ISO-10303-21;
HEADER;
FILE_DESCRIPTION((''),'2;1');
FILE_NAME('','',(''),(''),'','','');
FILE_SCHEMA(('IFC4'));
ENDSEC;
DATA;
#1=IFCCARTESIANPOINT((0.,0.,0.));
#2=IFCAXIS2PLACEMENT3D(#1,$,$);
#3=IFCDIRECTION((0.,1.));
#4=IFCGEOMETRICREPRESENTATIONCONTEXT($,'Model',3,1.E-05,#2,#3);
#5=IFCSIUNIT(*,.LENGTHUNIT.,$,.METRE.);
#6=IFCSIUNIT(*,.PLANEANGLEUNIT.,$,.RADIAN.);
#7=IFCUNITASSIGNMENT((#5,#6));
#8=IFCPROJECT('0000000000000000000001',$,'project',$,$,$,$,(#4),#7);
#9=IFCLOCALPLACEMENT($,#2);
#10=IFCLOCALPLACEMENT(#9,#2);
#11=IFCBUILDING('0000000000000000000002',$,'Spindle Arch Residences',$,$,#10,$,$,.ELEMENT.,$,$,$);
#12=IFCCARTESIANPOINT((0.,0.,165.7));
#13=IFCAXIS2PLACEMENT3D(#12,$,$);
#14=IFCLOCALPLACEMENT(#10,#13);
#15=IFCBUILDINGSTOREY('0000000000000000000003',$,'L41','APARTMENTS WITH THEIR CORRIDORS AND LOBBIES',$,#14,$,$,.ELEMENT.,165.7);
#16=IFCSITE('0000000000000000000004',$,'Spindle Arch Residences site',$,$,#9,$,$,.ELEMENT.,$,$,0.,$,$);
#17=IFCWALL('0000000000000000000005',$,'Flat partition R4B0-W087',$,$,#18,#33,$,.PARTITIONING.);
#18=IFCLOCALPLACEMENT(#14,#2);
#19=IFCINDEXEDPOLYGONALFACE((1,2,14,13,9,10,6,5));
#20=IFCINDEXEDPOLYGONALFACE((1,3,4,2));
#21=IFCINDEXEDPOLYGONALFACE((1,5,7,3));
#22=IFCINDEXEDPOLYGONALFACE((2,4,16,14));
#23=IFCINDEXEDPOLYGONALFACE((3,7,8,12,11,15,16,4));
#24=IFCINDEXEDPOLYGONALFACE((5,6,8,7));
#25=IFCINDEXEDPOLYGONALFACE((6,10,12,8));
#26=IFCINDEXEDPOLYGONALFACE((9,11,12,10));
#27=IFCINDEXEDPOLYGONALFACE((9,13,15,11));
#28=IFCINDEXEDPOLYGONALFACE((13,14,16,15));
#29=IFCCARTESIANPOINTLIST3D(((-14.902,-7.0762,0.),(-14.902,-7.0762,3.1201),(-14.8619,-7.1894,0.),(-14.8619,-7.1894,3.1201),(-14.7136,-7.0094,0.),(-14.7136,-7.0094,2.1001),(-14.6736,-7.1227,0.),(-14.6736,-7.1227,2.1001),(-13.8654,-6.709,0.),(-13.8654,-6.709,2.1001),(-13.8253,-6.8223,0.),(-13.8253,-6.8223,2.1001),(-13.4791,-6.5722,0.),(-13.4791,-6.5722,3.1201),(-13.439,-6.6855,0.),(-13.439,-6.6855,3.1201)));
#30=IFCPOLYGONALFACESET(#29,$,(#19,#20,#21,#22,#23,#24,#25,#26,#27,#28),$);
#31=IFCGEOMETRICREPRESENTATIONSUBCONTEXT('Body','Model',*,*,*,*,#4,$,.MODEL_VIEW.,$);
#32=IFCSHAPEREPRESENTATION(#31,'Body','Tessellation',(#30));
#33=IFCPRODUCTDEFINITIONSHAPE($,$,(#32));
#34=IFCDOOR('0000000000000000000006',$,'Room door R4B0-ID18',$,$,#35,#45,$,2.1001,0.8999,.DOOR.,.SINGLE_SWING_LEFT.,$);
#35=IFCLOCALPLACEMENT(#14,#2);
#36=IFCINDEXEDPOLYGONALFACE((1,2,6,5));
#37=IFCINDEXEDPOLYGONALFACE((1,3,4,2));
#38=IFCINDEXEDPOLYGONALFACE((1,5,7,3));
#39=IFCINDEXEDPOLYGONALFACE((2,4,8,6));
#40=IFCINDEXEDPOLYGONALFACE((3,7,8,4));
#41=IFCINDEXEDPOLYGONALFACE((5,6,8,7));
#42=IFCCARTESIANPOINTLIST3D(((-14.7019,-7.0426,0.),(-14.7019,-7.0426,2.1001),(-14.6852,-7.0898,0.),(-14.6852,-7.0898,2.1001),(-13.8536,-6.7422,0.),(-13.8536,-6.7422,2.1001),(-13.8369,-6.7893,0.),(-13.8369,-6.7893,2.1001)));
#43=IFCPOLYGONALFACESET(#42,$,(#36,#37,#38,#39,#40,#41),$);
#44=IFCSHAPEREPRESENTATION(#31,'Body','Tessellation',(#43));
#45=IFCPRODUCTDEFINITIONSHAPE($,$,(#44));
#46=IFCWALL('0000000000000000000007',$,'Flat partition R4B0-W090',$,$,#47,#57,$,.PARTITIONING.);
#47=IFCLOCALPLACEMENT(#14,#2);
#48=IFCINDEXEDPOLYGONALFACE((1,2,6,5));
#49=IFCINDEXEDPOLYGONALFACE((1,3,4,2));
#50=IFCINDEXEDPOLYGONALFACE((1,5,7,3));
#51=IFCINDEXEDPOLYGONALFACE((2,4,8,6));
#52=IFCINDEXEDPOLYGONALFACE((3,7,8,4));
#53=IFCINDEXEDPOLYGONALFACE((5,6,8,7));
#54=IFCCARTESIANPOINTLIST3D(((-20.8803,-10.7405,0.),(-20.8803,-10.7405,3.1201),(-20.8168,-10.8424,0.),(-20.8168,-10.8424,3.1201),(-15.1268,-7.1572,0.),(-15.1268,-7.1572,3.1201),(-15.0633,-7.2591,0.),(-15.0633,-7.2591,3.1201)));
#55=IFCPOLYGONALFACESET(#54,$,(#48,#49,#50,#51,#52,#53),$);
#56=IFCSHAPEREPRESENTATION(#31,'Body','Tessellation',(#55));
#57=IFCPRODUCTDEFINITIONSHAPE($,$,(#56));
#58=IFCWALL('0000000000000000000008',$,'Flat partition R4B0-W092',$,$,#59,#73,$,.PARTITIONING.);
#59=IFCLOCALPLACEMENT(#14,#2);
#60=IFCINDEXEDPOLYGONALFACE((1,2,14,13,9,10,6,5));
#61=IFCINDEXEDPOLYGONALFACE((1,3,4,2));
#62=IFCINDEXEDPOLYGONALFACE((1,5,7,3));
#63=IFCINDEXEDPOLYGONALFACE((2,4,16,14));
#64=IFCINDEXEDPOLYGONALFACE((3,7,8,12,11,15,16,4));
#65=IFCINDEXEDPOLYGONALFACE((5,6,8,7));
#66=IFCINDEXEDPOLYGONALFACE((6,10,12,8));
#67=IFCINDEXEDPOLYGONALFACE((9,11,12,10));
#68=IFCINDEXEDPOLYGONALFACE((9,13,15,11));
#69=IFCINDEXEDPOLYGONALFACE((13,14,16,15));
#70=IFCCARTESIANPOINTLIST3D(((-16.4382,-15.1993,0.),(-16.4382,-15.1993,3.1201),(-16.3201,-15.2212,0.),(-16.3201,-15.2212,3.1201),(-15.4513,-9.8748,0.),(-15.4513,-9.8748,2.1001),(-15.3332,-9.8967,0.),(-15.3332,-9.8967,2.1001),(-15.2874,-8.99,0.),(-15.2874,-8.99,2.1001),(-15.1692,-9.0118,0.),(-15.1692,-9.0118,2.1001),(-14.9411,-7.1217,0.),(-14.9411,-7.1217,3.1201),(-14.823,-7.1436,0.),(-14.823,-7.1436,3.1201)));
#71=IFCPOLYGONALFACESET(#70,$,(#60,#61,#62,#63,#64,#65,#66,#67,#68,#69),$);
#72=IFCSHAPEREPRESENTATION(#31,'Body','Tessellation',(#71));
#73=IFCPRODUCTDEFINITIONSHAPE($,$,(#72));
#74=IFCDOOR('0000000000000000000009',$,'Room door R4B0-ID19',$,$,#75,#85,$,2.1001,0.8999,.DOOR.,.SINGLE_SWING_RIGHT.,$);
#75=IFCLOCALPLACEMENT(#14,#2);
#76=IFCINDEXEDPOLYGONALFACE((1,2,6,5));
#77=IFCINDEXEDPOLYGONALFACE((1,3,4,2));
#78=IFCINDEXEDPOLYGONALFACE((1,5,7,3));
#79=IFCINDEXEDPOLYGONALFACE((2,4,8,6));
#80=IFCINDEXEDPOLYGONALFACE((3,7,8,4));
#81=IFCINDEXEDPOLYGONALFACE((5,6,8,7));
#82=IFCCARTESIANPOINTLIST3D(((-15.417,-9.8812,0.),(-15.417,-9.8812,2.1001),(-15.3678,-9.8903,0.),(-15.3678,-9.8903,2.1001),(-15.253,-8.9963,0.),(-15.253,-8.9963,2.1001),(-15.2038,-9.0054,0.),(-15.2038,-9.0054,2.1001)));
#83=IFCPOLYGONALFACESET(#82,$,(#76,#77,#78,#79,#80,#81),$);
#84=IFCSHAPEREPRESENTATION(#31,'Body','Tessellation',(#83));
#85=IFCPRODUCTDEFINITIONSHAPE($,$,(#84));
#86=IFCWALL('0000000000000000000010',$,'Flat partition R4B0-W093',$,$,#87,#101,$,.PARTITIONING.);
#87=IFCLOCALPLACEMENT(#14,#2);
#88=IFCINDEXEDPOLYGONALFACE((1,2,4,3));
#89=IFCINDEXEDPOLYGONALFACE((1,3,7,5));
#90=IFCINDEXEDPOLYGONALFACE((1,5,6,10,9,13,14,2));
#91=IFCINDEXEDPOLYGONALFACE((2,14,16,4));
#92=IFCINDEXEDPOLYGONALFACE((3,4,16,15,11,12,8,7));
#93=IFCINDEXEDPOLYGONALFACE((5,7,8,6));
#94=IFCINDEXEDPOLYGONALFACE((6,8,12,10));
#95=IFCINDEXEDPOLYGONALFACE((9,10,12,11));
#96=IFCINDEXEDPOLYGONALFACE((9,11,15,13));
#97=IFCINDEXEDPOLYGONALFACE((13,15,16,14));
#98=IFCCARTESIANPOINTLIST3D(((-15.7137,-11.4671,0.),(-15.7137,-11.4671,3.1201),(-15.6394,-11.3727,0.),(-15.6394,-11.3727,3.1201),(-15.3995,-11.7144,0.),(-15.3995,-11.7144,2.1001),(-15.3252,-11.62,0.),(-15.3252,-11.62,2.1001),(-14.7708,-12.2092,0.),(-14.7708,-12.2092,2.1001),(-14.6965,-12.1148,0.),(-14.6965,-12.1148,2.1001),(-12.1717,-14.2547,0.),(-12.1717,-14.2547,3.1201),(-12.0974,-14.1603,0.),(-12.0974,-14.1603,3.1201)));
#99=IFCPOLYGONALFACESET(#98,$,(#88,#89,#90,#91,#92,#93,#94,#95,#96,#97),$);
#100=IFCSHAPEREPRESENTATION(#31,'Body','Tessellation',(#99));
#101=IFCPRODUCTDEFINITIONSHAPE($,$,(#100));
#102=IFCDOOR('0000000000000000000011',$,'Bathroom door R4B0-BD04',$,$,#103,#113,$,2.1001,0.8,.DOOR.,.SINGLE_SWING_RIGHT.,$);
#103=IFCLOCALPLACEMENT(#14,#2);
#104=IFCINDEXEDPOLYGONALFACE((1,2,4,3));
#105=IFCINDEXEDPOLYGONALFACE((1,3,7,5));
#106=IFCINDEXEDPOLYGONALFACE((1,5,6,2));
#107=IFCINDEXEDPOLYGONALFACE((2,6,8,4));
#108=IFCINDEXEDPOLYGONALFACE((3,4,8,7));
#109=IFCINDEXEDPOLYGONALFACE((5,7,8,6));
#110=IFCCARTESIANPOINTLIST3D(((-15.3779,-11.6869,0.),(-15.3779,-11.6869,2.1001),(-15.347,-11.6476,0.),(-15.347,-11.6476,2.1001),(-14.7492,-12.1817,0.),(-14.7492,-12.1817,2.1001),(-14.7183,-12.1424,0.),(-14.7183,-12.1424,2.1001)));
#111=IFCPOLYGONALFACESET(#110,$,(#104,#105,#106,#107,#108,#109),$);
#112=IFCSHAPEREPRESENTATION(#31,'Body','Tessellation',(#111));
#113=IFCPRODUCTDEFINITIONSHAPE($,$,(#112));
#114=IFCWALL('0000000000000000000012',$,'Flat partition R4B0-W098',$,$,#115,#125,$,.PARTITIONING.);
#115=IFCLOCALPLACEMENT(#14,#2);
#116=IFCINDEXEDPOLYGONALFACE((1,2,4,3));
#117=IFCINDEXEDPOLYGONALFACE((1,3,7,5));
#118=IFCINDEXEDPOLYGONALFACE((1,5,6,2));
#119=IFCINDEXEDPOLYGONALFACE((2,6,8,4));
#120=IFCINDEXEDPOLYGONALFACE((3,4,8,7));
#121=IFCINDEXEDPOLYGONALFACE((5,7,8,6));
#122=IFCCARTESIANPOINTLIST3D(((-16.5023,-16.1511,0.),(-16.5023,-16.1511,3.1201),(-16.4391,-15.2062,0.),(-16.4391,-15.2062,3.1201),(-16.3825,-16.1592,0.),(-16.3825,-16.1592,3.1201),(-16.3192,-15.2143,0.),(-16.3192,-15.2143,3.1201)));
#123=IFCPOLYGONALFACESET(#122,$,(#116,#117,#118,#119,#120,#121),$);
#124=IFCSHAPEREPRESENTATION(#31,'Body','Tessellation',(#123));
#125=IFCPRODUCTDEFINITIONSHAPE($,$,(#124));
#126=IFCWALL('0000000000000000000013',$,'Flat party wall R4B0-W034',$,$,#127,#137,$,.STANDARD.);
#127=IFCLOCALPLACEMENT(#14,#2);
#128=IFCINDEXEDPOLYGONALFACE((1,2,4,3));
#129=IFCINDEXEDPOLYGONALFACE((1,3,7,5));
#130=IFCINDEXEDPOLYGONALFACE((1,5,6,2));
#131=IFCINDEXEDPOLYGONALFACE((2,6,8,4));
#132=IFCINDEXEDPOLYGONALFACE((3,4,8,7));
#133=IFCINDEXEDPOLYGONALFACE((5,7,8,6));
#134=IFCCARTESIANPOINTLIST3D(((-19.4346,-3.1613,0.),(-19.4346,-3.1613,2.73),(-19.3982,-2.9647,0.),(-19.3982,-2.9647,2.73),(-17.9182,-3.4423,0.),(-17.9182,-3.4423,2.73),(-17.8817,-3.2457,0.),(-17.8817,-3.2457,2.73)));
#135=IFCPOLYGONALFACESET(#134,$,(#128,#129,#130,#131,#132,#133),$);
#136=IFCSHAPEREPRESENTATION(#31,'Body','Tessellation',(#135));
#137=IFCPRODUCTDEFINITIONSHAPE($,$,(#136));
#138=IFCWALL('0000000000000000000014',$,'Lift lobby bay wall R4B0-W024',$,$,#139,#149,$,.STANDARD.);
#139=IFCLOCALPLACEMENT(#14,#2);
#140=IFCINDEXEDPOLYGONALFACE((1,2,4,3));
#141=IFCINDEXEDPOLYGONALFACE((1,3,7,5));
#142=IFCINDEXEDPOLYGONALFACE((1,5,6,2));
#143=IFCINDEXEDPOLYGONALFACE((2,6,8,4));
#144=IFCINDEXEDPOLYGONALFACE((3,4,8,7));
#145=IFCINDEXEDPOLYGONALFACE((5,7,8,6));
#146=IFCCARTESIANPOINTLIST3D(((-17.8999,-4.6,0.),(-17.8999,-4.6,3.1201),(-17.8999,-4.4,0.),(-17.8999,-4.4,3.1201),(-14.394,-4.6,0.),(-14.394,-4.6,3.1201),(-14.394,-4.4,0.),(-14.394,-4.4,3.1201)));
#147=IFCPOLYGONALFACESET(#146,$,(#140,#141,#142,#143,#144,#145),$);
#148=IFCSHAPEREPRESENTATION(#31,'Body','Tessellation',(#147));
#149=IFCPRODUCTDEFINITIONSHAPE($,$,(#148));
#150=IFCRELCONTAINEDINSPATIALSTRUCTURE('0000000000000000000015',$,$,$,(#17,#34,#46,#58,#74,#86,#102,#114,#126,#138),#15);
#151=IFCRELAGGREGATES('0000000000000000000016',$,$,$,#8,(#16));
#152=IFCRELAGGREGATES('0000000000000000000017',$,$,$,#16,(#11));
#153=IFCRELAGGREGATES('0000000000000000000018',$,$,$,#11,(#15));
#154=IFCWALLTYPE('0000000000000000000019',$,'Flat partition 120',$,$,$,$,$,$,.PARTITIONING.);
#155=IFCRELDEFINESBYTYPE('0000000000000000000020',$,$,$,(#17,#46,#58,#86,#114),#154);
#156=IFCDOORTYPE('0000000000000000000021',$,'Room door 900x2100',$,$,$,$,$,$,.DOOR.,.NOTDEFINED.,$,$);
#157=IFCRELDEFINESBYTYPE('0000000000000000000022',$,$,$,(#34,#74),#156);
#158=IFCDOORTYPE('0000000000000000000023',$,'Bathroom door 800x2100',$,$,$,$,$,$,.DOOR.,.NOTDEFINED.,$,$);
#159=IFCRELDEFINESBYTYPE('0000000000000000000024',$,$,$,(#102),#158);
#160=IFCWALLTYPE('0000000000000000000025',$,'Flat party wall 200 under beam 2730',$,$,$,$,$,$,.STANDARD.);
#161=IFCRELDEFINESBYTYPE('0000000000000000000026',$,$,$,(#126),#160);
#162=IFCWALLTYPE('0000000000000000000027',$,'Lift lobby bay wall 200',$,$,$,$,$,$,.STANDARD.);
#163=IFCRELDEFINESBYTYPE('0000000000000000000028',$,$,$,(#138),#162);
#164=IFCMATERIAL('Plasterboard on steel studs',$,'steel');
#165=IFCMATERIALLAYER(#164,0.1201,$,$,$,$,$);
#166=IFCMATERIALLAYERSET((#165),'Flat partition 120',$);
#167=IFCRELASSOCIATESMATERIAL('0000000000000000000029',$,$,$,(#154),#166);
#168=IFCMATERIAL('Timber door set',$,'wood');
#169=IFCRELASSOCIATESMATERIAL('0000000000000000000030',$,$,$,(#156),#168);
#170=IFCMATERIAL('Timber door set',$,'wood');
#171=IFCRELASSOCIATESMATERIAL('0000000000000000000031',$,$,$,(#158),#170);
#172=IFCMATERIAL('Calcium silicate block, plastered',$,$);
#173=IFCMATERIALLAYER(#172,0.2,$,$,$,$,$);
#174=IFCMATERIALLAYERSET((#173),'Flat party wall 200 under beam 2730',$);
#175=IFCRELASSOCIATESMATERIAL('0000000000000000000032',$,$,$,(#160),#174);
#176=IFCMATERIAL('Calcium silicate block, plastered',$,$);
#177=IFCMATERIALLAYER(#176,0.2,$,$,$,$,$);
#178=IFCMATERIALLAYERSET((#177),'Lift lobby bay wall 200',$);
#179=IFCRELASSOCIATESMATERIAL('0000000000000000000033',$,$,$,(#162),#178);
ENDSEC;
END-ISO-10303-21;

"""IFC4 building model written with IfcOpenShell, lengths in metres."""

from ifc_helpers import new_model, si_unit, direction, frame, frame_2d, origin, place, context, subcontext, project, spatial, rectangle, extrude, material, layer, layer_set, type_object, element, fill, save


model = new_model("IFC4")

# Units and contexts
model_context = context("Model", 3, precision=1e-05, world=origin(), true_north=direction((0.0, 1.0)))
body_context = subcontext(model_context, "Body", "Model", "MODEL_VIEW")
ifc_project = project(units=[si_unit("LENGTHUNIT", "METRE"), si_unit("PLANEANGLEUNIT", "RADIAN")], contexts=[model_context])

# Site, building, storey
site_placement = place(None, origin())
site = spatial("IfcSite", under=ifc_project, at=site_placement, Name="Spindle Arch Residences site", CompositionType="ELEMENT", RefElevation=0.0)
building_placement = place(site_placement, origin())
building = spatial("IfcBuilding", under=site, at=building_placement, Name="Spindle Arch Residences", CompositionType="ELEMENT")
storey_placement = place(building_placement, frame((0.0, 0.0, 165.7)))
storey = spatial("IfcBuildingStorey", under=building, at=storey_placement, Name="L41", Description="APARTMENTS WITH THEIR CORRIDORS AND LOBBIES", CompositionType="ELEMENT", Elevation=165.7)

# Wall, opening, door
ifc_material_1 = material(Name="Plasterboard on steel studs", Category="steel")
ifc_layer_1 = layer(ifc_material_1, 0.1201)
ifc_layer_set_1 = layer_set([ifc_layer_1], Name="Flat partition 120")
wall_type_1 = type_object("IfcWallType", Name="Flat partition 120", PredefinedType="PARTITIONING", material=ifc_layer_set_1)
ifc_material_2 = material(Name="Timber door set", Category="wood")
door_type_1 = type_object("IfcDoorType", Name="Room door 900x2100", OperationType="NOTDEFINED", PredefinedType="DOOR", material=ifc_material_2)
wall_1_placement = place(storey_placement, frame((-14.8821, -7.1328, 0.0), z_axis=(0.0, 0.0, 1.0), x_axis=(0.942631, 0.333835, 0.0)))
wall_1 = element("IfcWall", 1, at=wall_1_placement, inside=storey, type_object=wall_type_1, Name="Flat partition R4B0-W087", PredefinedType="PARTITIONING", context=body_context, shape_type="SweptSolid", body=[
    extrude(rectangle(XDim=1.5095, YDim=0.1201, at=frame_2d((0.7549, 0.0))), origin(), (0.0, 0.0, 1.0), 3.1201),
])
opening_1_placement = place(wall_1_placement, frame((0.2, 0.0, 0.0)))
opening_1 = element("IfcOpeningElement", 2, at=opening_1_placement, cuts=wall_1, PredefinedType="OPENING", context=body_context, shape_type="SweptSolid", body=[
    extrude(rectangle(XDim=0.8999, YDim=2.1001, at=frame_2d((0.45, 1.05))), frame((0.0, 0.0701, 0.0), z_axis=(0.0, -1.0, 0.0), x_axis=(1.0, 0.0, 0.0)), (0.0, 0.0, 1.0), 0.1401),
])
door_1_placement = place(opening_1_placement, origin())
door_1 = element("IfcDoor", 3, at=door_1_placement, inside=storey, type_object=door_type_1, Name="Room door R4B0-ID18", OperationType="SINGLE_SWING_LEFT", OverallHeight=2.1001, OverallWidth=0.8999, PredefinedType="DOOR", context=body_context, shape_type="SweptSolid", body=[
    extrude(rectangle(XDim=0.8999, YDim=2.1001, at=frame_2d((0.45, 1.05))), frame((0.0, 0.0249, 0.0), z_axis=(0.0, -1.0, 0.0), x_axis=(1.0, 0.0, 0.0)), (0.0, 0.0, 1.0), 0.05),
])
fill(opening_1, door_1)

# Wall
wall_2_placement = place(storey_placement, frame((-20.8486, -10.7915, 0.0), z_axis=(0.0, 0.0, 1.0), x_axis=(0.848835, 0.528658, 0.0)))
element("IfcWall", 4, at=wall_2_placement, inside=storey, type_object=wall_type_1, Name="Flat partition R4B0-W090", PredefinedType="PARTITIONING", context=body_context, shape_type="SweptSolid", body=[
    extrude(rectangle(XDim=6.7781, YDim=0.1201, at=frame_2d((3.3892, 0.0))), origin(), (0.0, 0.0, 1.0), 3.1201),
])

# Walls, openings, doors
wall_3_placement = place(storey_placement, frame((-14.8821, -7.1328, 0.0), z_axis=(0.0, 0.0, 1.0), x_axis=(-0.182232, -0.983256, 0.0)))
wall_3 = element("IfcWall", 5, at=wall_3_placement, inside=storey, type_object=wall_type_1, Name="Flat partition R4B0-W092", PredefinedType="PARTITIONING", context=body_context, shape_type="SweptSolid", body=[
    extrude(rectangle(XDim=8.2151, YDim=0.1201, at=frame_2d((4.1074, 0.0))), origin(), (0.0, 0.0, 1.0), 3.1201),
])
opening_2_placement = place(wall_3_placement, frame((1.8999, 0.0, 0.0)))
opening_2 = element("IfcOpeningElement", 6, at=opening_2_placement, cuts=wall_3, PredefinedType="OPENING", context=body_context, shape_type="SweptSolid", body=[
    extrude(rectangle(XDim=0.8999, YDim=2.1001, at=frame_2d((0.45, 1.05))), frame((0.0, 0.0701, 0.0), z_axis=(0.0, -1.0, 0.0), x_axis=(1.0, 0.0, 0.0)), (0.0, 0.0, 1.0), 0.1401),
])
door_2_placement = place(opening_2_placement, origin())
door_2 = element("IfcDoor", 7, at=door_2_placement, inside=storey, type_object=door_type_1, Name="Room door R4B0-ID19", OperationType="SINGLE_SWING_RIGHT", OverallHeight=2.1001, OverallWidth=0.8999, PredefinedType="DOOR", context=body_context, shape_type="SweptSolid", body=[
    extrude(rectangle(XDim=0.8999, YDim=2.1001, at=frame_2d((0.45, 1.05))), frame((0.0, 0.0249, 0.0), z_axis=(0.0, -1.0, 0.0), x_axis=(1.0, 0.0, 0.0)), (0.0, 0.0, 1.0), 0.05),
])
fill(opening_2, door_2)
wall_4_placement = place(storey_placement, frame((-15.6765, -11.4199, 0.0), z_axis=(0.0, 0.0, 1.0), x_axis=(0.785822, -0.618453, 0.0)))
wall_4 = element("IfcWall", 8, at=wall_4_placement, inside=storey, type_object=wall_type_1, Name="Flat partition R4B0-W093", PredefinedType="PARTITIONING", context=body_context, shape_type="SweptSolid", body=[
    extrude(rectangle(XDim=4.5073, YDim=0.1201, at=frame_2d((2.2537, 0.0))), origin(), (0.0, 0.0, 1.0), 3.1201),
])
opening_3_placement = place(wall_4_placement, frame((0.3999, 0.0, 0.0)))
opening_3 = element("IfcOpeningElement", 9, at=opening_3_placement, cuts=wall_4, PredefinedType="OPENING", context=body_context, shape_type="SweptSolid", body=[
    extrude(rectangle(XDim=0.8, YDim=2.1001, at=frame_2d((0.3999, 1.05))), frame((0.0, 0.0701, 0.0), z_axis=(0.0, -1.0, 0.0), x_axis=(1.0, 0.0, 0.0)), (0.0, 0.0, 1.0), 0.1401),
])
ifc_material_3 = material(Name="Timber door set", Category="wood")
door_type_2 = type_object("IfcDoorType", Name="Bathroom door 800x2100", OperationType="NOTDEFINED", PredefinedType="DOOR", material=ifc_material_3)
door_3_placement = place(opening_3_placement, origin())
door_3 = element("IfcDoor", 10, at=door_3_placement, inside=storey, type_object=door_type_2, Name="Bathroom door R4B0-BD04", OperationType="SINGLE_SWING_RIGHT", OverallHeight=2.1001, OverallWidth=0.8, PredefinedType="DOOR", context=body_context, shape_type="SweptSolid", body=[
    extrude(rectangle(XDim=0.8, YDim=2.1001, at=frame_2d((0.3999, 1.05))), frame((0.0, 0.0249, 0.0), z_axis=(0.0, -1.0, 0.0), x_axis=(1.0, 0.0, 0.0)), (0.0, 0.0, 1.0), 0.05),
])
fill(opening_3, door_3)

# Walls
wall_5_placement = place(storey_placement, frame((-16.4424, -16.1553, 0.0), z_axis=(0.0, 0.0, 1.0), x_axis=(0.066776, 0.997768, 0.0)))
element("IfcWall", 11, at=wall_5_placement, inside=storey, type_object=wall_type_1, Name="Flat partition R4B0-W098", PredefinedType="PARTITIONING", context=body_context, shape_type="SweptSolid", body=[
    extrude(rectangle(XDim=0.947, YDim=0.1201, at=frame_2d((0.4736, 0.0))), origin(), (0.0, 0.0, 1.0), 3.1201),
])
ifc_material_4 = material(Name="Calcium silicate block, plastered")
ifc_layer_2 = layer(ifc_material_4, 0.2)
ifc_layer_set_2 = layer_set([ifc_layer_2], Name="Flat party wall 200 under beam 2730")
wall_type_2 = type_object("IfcWallType", Name="Flat party wall 200 under beam 2730", PredefinedType="STANDARD", material=ifc_layer_set_2)
wall_6_placement = place(storey_placement, frame((-19.4163, -3.063, 0.0), z_axis=(0.0, 0.0, 1.0), x_axis=(0.983259, -0.182214, 0.0)))
element("IfcWall", 12, at=wall_6_placement, inside=storey, type_object=wall_type_2, Name="Flat party wall R4B0-W034", PredefinedType="STANDARD", context=body_context, shape_type="SweptSolid", body=[
    extrude(rectangle(XDim=1.5422, YDim=0.2, at=frame_2d((0.771, 0.0))), origin(), (0.0, 0.0, 1.0), 2.73),
])
ifc_material_5 = material(Name="Calcium silicate block, plastered")
ifc_layer_3 = layer(ifc_material_5, 0.2)
ifc_layer_set_3 = layer_set([ifc_layer_3], Name="Lift lobby bay wall 200")
wall_type_3 = type_object("IfcWallType", Name="Lift lobby bay wall 200", PredefinedType="STANDARD", material=ifc_layer_set_3)
wall_7_placement = place(storey_placement, frame((-17.8999, -4.5, 0.0), z_axis=(0.0, 0.0, 1.0), x_axis=(1.0, 0.0, 0.0)))
element("IfcWall", 13, at=wall_7_placement, inside=storey, type_object=wall_type_3, Name="Lift lobby bay wall R4B0-W024", PredefinedType="STANDARD", context=body_context, shape_type="SweptSolid", body=[
    extrude(rectangle(XDim=3.5059, YDim=0.2, at=frame_2d((1.7529, 0.0))), origin(), (0.0, 0.0, 1.0), 3.1201),
])

save(model, "model.ifc")
